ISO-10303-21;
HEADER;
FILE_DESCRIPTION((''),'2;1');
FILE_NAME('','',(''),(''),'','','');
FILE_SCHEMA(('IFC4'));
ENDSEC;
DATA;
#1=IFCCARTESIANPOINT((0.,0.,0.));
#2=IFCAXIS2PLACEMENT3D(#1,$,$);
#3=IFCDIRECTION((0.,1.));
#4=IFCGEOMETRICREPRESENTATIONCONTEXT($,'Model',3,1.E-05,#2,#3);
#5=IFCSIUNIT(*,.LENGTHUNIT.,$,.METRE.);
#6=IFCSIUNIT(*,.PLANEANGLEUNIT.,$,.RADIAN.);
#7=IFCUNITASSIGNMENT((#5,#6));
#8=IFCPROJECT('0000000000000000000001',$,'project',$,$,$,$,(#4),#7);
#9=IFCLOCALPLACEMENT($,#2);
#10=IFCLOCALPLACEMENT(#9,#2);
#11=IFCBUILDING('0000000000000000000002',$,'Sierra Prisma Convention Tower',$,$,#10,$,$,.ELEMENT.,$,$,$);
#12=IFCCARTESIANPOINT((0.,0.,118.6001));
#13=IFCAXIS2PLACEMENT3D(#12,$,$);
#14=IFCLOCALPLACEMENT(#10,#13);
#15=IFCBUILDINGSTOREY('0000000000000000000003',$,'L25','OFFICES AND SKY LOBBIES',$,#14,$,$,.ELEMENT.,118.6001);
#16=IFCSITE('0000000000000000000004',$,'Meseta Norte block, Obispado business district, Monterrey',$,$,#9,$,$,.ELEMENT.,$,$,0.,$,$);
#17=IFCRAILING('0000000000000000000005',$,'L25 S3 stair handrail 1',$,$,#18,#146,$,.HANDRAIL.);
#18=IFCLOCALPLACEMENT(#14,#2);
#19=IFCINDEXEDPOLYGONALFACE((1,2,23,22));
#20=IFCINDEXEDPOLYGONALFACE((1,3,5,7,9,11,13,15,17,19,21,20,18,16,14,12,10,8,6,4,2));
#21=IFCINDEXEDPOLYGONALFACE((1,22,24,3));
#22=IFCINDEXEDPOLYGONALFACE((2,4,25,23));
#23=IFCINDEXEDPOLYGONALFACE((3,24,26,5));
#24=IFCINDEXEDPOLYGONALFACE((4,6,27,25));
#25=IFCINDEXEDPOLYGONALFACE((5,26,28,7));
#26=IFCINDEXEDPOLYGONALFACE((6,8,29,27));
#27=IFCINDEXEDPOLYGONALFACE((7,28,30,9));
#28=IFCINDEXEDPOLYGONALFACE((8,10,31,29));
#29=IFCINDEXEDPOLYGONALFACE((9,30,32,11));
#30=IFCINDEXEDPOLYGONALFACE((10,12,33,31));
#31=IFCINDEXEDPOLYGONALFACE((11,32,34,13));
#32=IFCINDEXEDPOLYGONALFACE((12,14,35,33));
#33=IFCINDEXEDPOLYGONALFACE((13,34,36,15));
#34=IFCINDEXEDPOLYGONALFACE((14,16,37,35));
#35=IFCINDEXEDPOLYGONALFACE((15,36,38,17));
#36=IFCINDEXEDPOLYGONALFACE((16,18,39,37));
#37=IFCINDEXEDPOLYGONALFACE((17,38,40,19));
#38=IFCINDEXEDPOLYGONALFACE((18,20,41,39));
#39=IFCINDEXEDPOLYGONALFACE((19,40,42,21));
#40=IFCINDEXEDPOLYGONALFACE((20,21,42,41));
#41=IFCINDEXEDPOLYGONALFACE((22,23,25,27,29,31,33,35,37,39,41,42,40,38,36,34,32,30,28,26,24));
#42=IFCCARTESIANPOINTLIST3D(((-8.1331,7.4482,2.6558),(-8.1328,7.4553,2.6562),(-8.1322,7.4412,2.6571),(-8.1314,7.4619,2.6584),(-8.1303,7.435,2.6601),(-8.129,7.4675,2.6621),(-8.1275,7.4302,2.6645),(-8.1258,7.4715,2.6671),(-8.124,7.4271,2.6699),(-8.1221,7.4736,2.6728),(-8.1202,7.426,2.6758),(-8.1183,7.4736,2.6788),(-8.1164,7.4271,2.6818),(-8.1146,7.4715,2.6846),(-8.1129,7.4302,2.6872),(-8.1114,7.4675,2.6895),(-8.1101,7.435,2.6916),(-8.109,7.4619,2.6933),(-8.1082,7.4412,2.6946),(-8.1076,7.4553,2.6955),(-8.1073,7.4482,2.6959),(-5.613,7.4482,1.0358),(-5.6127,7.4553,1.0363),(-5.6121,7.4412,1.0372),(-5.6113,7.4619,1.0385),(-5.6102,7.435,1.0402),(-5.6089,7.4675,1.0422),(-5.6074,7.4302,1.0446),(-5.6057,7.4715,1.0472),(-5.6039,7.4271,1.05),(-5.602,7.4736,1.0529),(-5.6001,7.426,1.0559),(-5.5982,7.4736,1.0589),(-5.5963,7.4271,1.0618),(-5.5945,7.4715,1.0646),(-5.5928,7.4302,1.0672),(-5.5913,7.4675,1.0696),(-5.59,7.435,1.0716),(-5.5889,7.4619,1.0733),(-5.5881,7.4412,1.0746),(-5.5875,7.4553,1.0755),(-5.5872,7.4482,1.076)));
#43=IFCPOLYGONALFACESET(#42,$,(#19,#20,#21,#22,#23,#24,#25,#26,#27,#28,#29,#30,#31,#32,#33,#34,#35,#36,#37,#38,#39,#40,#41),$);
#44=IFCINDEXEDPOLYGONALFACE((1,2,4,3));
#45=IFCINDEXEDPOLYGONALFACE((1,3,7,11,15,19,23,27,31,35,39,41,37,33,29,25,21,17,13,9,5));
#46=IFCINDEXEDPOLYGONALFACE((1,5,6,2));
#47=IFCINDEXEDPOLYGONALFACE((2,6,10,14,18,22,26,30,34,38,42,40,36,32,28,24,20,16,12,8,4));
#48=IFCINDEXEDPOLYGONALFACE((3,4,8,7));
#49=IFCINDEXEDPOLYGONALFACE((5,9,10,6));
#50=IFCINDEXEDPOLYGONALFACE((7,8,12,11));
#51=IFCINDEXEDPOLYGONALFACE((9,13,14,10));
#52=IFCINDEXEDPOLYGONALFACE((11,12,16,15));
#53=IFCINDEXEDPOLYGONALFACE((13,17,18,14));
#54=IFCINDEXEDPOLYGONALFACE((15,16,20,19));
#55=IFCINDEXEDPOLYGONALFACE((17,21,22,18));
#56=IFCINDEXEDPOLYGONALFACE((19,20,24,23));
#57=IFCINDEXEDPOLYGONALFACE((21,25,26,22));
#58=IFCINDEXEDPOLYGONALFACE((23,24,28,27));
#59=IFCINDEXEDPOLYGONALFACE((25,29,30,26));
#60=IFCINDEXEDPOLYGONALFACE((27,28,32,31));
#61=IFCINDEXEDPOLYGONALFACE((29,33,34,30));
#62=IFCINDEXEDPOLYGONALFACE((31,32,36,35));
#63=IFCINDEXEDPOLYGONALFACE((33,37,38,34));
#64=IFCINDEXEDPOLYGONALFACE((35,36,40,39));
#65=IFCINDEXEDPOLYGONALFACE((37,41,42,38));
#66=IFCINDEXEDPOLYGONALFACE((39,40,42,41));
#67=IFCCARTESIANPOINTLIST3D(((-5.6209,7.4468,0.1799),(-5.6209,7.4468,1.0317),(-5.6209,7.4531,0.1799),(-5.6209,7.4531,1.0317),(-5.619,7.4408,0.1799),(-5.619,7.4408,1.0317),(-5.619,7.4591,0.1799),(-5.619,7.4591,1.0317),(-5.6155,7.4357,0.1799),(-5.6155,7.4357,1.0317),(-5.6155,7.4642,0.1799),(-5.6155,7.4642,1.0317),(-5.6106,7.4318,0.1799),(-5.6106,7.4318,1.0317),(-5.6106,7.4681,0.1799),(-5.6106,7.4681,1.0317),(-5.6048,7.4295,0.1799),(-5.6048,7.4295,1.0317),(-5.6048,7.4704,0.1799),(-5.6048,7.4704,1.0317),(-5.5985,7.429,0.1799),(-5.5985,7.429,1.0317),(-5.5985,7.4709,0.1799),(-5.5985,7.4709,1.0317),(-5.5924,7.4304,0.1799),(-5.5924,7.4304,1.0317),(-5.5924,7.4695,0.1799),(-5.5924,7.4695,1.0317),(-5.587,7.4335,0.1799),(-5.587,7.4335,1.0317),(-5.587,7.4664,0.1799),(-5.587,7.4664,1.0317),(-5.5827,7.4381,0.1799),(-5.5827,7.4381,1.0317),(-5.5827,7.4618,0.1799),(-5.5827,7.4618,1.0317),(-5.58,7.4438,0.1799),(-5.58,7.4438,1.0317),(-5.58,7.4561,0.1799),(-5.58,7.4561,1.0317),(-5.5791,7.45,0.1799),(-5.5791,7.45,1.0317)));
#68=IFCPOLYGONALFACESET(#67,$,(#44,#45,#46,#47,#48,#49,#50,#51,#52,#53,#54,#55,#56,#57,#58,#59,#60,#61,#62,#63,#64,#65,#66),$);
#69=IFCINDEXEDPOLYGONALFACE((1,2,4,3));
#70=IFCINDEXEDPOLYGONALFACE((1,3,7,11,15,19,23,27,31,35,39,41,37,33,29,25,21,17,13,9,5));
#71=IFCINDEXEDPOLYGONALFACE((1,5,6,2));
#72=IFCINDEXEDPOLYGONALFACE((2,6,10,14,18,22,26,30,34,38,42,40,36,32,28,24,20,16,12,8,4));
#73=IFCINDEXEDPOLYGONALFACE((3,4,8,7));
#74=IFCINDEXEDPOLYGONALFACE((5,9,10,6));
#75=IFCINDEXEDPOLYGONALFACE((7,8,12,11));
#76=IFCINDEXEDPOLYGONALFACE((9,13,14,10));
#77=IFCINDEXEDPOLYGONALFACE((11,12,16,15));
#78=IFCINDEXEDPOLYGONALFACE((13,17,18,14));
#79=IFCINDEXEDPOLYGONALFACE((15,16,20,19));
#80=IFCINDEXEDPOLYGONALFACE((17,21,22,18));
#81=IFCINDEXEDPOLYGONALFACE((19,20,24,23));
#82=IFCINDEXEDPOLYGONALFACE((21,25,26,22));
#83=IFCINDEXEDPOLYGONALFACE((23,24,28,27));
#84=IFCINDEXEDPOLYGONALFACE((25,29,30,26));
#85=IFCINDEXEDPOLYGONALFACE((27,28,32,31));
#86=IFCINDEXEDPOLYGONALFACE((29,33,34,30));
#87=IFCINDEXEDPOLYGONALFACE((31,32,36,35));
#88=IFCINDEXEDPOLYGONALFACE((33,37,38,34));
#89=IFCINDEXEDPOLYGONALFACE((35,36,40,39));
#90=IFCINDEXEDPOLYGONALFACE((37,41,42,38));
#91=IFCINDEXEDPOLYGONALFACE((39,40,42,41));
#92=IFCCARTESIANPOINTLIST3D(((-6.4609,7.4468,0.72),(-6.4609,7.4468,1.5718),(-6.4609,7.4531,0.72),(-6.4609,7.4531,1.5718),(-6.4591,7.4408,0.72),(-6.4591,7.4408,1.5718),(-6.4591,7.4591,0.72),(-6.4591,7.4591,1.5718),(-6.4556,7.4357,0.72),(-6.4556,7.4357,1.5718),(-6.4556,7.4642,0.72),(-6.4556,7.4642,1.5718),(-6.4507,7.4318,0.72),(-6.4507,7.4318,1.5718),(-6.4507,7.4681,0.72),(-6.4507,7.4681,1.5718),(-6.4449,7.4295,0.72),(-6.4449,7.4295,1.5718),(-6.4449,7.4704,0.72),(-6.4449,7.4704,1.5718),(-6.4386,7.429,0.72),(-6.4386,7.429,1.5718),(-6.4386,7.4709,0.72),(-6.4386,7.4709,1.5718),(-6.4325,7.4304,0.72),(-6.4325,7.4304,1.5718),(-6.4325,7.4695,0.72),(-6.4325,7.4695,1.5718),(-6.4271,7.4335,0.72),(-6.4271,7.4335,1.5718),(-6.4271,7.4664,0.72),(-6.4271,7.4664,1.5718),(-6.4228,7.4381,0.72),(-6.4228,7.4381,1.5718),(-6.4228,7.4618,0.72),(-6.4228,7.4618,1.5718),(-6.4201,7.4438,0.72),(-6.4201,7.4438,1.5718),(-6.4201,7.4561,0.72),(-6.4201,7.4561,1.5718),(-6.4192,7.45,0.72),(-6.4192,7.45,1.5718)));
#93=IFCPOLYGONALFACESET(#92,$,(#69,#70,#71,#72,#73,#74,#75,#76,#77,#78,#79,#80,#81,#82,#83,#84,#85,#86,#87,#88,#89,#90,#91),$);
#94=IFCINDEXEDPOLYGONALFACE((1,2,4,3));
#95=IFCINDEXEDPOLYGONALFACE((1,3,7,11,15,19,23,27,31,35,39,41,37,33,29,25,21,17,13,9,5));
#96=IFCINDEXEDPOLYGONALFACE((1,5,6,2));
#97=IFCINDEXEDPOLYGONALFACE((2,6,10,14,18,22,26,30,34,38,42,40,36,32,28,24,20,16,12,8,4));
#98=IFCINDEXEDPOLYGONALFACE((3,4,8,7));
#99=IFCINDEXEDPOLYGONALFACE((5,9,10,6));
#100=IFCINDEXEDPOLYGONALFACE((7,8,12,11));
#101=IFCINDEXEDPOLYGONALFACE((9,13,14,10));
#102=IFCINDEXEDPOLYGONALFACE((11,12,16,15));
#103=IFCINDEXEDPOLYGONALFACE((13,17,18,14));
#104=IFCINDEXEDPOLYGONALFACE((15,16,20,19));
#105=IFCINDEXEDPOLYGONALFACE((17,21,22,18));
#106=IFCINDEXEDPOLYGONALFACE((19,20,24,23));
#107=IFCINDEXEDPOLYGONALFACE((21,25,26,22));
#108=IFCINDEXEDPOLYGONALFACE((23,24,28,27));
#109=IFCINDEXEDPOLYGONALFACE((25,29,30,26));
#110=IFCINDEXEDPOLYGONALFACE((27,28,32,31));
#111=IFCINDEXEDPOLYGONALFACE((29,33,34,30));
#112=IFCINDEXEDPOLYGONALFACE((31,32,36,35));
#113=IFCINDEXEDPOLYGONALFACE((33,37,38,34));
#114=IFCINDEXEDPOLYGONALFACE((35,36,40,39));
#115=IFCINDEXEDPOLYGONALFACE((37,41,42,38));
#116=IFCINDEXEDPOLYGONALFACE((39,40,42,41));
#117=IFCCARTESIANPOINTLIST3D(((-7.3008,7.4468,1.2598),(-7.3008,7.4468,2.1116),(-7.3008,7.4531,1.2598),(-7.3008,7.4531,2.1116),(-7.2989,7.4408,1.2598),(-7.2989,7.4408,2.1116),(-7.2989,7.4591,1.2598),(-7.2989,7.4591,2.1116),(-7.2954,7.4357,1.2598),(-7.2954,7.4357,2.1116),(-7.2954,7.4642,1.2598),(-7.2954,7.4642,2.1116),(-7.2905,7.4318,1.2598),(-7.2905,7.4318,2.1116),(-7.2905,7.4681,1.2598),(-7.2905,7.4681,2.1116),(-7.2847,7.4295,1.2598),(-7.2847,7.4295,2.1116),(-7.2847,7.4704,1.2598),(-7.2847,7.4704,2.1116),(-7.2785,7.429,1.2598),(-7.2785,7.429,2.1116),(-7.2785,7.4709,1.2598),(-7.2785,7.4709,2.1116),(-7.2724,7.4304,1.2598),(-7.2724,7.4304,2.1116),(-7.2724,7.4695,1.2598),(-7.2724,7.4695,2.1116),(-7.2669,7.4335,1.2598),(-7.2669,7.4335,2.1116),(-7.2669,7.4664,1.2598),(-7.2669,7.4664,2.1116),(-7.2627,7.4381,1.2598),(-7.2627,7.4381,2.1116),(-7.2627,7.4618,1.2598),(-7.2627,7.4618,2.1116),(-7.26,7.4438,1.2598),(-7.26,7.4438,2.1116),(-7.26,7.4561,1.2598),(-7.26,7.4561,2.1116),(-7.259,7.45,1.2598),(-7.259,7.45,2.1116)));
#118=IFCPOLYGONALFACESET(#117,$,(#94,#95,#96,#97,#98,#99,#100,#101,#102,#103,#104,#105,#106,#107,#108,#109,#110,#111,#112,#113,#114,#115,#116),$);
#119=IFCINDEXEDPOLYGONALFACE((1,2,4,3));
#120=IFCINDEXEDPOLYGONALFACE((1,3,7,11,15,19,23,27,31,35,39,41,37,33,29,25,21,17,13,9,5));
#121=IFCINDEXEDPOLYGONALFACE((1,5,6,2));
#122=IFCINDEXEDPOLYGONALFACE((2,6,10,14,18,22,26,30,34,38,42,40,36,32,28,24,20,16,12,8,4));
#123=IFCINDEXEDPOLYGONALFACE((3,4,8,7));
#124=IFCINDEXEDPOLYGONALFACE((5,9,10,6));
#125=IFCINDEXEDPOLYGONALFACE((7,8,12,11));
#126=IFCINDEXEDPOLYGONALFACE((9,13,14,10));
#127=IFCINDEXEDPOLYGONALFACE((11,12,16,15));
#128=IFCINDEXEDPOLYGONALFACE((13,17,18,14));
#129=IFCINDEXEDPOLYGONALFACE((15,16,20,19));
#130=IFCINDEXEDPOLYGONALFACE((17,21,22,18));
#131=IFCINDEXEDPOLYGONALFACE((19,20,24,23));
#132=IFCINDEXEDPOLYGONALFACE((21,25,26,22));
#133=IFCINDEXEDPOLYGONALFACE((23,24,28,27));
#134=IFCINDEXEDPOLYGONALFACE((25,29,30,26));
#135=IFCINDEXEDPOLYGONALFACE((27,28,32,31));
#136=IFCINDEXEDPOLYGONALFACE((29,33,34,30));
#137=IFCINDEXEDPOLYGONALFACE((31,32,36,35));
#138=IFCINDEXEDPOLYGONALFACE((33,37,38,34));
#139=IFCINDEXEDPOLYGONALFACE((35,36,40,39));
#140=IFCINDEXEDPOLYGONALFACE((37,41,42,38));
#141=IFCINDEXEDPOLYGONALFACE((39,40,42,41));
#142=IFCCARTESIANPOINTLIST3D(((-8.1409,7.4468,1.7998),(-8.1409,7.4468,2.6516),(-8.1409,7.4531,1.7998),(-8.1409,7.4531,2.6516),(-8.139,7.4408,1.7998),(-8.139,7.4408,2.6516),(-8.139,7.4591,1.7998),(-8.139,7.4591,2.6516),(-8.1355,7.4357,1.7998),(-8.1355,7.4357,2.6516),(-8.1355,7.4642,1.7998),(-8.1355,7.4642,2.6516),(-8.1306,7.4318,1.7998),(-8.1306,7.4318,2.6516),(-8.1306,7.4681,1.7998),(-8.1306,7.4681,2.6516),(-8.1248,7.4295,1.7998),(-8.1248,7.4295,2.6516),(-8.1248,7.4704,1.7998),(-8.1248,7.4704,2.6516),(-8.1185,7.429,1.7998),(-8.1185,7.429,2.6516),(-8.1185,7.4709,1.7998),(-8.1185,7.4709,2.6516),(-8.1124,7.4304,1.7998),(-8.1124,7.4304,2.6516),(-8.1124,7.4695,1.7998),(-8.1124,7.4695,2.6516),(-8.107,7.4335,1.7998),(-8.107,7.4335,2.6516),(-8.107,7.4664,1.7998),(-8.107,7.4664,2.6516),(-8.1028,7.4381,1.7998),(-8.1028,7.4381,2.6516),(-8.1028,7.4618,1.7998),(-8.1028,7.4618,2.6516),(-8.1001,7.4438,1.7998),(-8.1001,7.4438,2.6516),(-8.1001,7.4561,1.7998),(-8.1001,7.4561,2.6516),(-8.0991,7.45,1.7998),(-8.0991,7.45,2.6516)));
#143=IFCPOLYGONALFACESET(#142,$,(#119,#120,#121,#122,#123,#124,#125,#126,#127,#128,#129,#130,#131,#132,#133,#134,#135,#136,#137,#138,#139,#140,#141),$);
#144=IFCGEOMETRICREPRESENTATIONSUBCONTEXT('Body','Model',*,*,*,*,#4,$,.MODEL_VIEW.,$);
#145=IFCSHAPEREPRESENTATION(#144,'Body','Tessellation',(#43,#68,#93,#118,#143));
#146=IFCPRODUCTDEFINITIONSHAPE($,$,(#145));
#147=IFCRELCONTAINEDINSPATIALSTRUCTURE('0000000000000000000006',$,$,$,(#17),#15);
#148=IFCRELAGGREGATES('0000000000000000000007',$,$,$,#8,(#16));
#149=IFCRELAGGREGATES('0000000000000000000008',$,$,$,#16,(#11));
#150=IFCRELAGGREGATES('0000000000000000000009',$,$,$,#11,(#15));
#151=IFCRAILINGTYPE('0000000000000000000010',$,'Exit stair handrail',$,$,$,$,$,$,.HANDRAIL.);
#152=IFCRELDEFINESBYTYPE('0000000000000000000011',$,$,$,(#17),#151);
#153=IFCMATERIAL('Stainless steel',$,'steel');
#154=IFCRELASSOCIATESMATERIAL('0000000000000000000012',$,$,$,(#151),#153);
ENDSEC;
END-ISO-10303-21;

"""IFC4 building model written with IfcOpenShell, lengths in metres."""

from ifc_helpers import new_model, si_unit, direction, frame, origin, origin_2d, place, context, subcontext, project, spatial, circle, extrude, material, type_object, element, save


model = new_model("IFC4")

# Units and contexts
model_context = context("Model", 3, precision=1e-05, world=origin(), true_north=direction((0.0, 1.0)))
body_context = subcontext(model_context, "Body", "Model", "MODEL_VIEW")
ifc_project = project(units=[si_unit("LENGTHUNIT", "METRE"), si_unit("PLANEANGLEUNIT", "RADIAN")], contexts=[model_context])

# Site, building, storey
site_placement = place(None, origin())
site = spatial("IfcSite", under=ifc_project, at=site_placement, Name="Meseta Norte block, Obispado business district, Monterrey", CompositionType="ELEMENT", RefElevation=0.0)
building_placement = place(site_placement, origin())
building = spatial("IfcBuilding", under=site, at=building_placement, Name="Sierra Prisma Convention Tower", CompositionType="ELEMENT")
storey_placement = place(building_placement, frame((0.0, 0.0, 118.6001)))
storey = spatial("IfcBuildingStorey", under=building, at=storey_placement, Name="L25", Description="OFFICES AND SKY LOBBIES", CompositionType="ELEMENT", Elevation=118.6001)

# Railing
ifc_material_1 = material(Name="Stainless steel", Category="steel")
railing_type_1 = type_object("IfcRailingType", Name="Exit stair handrail", PredefinedType="HANDRAIL", material=ifc_material_1)
railing_1_placement = place(storey_placement, frame((-5.6001, 7.45, 0.1799)))
element("IfcRailing", 1, at=railing_1_placement, inside=storey, type_object=railing_type_1, Name="L25 S3 stair handrail 1", PredefinedType="HANDRAIL", context=body_context, shape_type="SweptSolid", body=[
    extrude(circle(Radius=0.0239, at=origin_2d()), frame((0.0, 0.0, 0.876), z_axis=(-0.8412, 0.0, 0.540725), x_axis=(0.0, -1.0, 0.0)), (0.0, 0.0, 1.0), 2.9958),
    extrude(circle(Radius=0.021, at=origin_2d()), origin(), (0.0, 0.0, 1.0), 0.8518),
    extrude(circle(Radius=0.021, at=origin_2d()), frame((-0.8401, 0.0, 0.54)), (0.0, 0.0, 1.0), 0.8518),
    extrude(circle(Radius=0.021, at=origin_2d()), frame((-1.6799, 0.0, 1.0798)), (0.0, 0.0, 1.0), 0.8518),
    extrude(circle(Radius=0.021, at=origin_2d()), frame((-2.52, 0.0, 1.6199)), (0.0, 0.0, 1.0), 0.8518),
])

save(model, "model.ifc")
